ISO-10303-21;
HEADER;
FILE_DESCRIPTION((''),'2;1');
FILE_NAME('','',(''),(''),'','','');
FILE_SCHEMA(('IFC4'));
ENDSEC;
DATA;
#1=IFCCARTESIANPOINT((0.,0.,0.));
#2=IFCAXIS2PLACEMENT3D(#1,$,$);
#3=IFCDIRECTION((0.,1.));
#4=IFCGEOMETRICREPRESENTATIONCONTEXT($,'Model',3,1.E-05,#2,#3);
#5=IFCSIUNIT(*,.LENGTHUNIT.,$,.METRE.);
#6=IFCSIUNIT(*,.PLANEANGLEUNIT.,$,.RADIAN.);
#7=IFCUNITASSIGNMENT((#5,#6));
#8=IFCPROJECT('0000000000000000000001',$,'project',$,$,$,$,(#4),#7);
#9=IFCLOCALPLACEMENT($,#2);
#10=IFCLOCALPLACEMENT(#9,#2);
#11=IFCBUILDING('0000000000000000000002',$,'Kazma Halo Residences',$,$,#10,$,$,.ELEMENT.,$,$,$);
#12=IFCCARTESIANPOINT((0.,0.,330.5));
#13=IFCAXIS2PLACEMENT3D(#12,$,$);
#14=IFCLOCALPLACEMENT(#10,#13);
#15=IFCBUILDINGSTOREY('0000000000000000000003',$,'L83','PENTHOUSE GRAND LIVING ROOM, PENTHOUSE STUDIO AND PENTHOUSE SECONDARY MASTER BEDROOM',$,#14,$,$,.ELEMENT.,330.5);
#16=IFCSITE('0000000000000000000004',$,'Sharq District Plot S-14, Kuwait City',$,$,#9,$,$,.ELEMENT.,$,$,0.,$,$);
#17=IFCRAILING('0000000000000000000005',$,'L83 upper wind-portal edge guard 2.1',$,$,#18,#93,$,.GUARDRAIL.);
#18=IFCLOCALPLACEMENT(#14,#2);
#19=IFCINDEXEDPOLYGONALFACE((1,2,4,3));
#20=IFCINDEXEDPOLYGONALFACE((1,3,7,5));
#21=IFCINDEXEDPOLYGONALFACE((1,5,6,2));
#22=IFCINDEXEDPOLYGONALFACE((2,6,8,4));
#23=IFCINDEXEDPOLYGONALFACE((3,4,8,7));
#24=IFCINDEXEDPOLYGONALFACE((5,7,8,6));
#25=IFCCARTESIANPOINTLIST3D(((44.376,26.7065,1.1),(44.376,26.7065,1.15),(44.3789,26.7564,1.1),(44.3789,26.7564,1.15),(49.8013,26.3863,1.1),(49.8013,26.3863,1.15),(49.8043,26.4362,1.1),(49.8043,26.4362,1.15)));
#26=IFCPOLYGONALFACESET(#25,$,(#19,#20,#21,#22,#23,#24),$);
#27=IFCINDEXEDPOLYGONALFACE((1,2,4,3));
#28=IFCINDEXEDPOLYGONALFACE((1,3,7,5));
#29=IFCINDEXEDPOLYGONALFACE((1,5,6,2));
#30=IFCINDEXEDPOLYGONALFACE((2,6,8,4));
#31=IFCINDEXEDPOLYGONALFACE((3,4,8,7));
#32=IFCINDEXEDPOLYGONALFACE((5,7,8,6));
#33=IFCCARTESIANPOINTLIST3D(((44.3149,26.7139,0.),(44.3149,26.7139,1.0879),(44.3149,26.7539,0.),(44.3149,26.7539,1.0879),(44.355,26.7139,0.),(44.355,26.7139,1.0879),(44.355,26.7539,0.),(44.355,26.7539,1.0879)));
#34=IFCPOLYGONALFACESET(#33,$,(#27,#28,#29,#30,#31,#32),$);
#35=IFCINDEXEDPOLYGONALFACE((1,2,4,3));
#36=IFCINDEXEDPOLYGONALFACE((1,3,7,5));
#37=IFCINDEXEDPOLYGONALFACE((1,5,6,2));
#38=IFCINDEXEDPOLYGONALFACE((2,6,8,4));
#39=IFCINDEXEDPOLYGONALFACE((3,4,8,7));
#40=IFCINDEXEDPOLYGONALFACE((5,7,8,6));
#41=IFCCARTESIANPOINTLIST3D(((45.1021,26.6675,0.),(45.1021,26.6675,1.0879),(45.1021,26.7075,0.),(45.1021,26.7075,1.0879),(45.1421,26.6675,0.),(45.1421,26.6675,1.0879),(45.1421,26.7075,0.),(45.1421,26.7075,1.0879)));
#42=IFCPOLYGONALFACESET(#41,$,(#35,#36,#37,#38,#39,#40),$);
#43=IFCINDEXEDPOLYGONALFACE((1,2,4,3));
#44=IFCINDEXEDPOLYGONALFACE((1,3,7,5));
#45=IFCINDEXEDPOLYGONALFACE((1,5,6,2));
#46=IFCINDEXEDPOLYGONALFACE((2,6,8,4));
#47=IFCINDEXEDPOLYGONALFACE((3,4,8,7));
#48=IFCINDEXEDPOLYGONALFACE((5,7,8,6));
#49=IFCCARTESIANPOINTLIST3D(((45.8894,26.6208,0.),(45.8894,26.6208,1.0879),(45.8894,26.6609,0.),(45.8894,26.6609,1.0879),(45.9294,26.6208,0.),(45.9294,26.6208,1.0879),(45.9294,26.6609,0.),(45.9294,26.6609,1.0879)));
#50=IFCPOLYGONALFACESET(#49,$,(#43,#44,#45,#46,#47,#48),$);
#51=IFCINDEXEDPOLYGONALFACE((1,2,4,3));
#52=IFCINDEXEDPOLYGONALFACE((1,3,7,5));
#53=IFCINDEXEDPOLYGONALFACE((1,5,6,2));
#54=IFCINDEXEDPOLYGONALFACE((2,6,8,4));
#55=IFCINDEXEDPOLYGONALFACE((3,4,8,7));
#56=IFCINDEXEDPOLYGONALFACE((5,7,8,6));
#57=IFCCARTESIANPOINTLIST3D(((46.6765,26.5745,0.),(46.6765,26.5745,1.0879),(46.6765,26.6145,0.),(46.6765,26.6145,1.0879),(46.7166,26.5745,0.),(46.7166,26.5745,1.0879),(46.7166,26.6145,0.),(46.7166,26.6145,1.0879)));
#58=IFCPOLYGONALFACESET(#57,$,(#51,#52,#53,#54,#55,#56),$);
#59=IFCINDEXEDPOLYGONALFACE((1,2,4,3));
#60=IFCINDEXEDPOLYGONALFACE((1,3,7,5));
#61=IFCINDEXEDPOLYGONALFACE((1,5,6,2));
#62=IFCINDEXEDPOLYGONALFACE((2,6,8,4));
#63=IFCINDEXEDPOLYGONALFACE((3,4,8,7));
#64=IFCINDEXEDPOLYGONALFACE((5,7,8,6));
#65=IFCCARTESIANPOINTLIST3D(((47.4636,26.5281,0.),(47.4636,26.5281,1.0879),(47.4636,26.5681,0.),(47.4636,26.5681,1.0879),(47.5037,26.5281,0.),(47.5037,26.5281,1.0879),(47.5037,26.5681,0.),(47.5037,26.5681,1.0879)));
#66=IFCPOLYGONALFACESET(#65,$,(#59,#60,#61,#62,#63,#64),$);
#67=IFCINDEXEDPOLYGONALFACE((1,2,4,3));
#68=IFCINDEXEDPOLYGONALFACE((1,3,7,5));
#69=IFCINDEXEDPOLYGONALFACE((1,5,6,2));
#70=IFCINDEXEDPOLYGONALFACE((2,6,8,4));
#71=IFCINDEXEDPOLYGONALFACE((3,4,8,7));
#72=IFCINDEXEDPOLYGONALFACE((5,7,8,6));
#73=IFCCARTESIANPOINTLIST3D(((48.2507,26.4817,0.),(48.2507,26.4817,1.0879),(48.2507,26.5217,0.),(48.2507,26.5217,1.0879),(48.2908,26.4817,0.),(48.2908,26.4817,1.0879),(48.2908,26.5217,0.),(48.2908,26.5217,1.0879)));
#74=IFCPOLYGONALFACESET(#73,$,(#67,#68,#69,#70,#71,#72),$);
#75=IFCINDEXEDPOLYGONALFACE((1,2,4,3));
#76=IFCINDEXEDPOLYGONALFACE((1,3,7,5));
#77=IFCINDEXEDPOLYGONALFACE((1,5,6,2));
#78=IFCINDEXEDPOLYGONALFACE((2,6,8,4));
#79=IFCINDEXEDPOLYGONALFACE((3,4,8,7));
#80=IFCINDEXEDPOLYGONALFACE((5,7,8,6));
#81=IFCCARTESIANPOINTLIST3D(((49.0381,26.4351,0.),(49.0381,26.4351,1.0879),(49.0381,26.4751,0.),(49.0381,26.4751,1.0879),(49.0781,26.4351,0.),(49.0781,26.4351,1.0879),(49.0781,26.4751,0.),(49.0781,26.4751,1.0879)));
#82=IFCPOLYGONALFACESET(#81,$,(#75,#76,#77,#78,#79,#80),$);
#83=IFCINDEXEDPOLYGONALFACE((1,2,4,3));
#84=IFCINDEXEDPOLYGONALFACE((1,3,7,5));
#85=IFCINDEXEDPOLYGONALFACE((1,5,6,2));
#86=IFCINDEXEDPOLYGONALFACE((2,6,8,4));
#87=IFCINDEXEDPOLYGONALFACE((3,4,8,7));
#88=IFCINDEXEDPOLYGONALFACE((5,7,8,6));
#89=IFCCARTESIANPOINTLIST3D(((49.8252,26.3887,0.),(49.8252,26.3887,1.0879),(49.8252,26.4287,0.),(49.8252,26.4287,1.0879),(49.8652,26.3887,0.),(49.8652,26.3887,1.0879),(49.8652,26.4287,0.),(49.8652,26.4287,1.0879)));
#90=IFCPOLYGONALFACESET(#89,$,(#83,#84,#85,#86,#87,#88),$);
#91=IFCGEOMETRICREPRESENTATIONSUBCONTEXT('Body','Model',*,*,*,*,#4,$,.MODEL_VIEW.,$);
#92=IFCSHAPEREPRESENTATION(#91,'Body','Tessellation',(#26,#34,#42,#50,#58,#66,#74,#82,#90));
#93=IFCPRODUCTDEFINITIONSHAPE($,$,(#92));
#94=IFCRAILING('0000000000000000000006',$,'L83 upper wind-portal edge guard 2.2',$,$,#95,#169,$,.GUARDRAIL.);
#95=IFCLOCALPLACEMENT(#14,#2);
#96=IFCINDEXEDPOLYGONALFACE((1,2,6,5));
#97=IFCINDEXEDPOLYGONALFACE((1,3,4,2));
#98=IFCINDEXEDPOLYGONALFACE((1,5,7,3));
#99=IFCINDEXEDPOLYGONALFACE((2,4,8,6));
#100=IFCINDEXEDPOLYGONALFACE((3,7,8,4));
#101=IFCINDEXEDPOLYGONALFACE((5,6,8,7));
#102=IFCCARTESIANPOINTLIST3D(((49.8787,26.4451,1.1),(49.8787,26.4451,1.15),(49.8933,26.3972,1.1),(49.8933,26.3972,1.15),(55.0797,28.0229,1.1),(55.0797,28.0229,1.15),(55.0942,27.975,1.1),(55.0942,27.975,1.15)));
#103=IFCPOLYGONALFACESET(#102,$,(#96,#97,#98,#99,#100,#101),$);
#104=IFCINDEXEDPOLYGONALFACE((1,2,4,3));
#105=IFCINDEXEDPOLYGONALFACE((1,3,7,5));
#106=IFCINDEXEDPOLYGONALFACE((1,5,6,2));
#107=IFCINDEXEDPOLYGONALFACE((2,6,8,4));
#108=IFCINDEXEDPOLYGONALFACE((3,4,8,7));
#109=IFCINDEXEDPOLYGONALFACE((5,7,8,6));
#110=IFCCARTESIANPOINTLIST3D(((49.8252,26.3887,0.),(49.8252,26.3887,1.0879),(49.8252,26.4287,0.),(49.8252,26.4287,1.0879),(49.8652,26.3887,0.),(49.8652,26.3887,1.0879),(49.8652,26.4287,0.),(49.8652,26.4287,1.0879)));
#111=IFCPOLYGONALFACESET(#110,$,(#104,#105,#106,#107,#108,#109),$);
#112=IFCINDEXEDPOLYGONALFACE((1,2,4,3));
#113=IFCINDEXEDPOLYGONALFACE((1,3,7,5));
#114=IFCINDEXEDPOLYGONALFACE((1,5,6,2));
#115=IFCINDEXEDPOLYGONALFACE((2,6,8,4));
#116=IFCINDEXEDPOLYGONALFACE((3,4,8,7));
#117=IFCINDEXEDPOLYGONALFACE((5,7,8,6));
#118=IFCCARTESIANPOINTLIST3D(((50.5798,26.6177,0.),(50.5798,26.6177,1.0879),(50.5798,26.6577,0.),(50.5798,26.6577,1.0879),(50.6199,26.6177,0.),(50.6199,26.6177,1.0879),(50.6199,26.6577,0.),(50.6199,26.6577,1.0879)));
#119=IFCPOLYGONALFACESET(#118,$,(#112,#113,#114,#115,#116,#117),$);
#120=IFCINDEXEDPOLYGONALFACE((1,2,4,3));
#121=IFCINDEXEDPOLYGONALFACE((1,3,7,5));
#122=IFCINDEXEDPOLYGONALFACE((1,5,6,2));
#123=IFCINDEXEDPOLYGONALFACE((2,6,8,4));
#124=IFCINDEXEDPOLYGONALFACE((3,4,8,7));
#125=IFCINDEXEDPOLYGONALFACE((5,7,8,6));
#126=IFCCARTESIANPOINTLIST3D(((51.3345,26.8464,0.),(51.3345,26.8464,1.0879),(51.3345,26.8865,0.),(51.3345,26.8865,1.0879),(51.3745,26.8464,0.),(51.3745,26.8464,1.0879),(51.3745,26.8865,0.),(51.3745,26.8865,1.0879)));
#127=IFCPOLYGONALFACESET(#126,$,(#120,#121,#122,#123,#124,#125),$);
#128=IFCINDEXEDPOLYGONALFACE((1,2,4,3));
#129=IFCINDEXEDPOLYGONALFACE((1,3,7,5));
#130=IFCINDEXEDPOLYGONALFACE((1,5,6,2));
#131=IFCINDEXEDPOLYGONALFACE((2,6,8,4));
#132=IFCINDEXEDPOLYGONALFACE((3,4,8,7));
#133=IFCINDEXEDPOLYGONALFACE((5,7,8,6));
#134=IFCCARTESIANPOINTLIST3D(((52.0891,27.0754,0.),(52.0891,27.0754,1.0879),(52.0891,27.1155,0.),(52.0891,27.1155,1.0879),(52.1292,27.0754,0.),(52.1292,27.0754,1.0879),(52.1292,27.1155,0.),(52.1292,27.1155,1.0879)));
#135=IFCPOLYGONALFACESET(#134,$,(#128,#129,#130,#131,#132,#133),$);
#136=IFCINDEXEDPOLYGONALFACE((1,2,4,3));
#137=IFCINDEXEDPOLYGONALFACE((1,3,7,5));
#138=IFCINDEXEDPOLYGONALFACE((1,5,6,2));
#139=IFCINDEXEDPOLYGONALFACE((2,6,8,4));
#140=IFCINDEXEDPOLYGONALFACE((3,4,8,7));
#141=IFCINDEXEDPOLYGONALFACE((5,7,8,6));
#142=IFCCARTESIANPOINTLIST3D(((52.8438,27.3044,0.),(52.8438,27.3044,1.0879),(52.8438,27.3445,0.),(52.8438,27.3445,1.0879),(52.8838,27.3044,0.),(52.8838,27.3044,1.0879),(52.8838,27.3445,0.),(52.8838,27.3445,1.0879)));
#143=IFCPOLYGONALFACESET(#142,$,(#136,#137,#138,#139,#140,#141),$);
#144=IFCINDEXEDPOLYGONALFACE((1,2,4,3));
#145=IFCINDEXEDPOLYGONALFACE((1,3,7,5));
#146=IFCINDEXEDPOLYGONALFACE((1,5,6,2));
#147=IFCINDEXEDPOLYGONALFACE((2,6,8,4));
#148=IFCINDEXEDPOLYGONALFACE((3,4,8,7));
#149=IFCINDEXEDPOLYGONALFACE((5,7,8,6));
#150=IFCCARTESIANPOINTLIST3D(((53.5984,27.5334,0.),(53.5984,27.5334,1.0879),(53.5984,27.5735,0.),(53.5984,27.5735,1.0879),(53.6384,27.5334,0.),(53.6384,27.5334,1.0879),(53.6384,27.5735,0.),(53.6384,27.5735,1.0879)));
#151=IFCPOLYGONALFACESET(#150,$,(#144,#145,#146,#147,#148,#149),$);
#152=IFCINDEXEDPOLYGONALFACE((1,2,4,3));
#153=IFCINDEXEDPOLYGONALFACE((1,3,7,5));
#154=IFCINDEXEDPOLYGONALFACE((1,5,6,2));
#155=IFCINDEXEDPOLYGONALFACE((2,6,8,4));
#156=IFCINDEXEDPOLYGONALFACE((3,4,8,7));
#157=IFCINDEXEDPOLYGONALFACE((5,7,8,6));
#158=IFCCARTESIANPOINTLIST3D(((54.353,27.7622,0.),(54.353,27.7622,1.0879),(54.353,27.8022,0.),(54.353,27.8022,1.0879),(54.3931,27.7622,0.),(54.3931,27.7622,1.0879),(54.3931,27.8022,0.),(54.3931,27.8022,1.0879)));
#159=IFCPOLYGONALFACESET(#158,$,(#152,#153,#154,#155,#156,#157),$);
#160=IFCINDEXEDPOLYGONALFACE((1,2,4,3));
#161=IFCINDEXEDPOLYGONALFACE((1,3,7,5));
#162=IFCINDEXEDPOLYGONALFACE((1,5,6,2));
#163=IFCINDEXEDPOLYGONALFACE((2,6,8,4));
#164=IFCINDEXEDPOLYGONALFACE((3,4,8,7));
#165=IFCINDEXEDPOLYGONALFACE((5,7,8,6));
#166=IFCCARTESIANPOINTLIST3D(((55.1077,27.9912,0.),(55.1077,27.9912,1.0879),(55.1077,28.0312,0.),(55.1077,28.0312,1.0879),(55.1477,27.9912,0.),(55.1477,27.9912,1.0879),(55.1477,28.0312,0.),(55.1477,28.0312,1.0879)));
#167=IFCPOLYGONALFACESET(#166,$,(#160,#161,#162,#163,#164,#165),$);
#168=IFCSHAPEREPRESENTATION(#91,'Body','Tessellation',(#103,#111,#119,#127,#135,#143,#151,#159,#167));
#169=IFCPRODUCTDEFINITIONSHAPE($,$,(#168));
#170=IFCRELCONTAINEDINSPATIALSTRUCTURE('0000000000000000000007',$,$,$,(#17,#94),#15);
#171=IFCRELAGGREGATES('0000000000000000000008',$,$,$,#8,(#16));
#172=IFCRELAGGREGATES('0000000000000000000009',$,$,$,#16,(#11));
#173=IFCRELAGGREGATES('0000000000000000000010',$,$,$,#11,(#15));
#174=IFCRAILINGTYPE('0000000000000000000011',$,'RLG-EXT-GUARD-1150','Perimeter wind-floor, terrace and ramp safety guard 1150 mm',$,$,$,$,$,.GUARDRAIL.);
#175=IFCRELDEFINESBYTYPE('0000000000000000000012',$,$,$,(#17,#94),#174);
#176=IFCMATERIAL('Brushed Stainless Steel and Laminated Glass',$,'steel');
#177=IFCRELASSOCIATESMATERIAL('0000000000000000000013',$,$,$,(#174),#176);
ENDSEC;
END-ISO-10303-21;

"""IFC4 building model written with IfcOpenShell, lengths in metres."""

from ifc_helpers import new_model, si_unit, direction, frame, origin, origin_2d, place, context, subcontext, project, spatial, rectangle, extrude, material, type_object, element, save


model = new_model("IFC4")

# Units and contexts
model_context = context("Model", 3, precision=1e-05, world=origin(), true_north=direction((0.0, 1.0)))
body_context = subcontext(model_context, "Body", "Model", "MODEL_VIEW")
ifc_project = project(units=[si_unit("LENGTHUNIT", "METRE"), si_unit("PLANEANGLEUNIT", "RADIAN")], contexts=[model_context])

# Site, building, storey
site_placement = place(None, origin())
site = spatial("IfcSite", under=ifc_project, at=site_placement, Name="Sharq District Plot S-14, Kuwait City", CompositionType="ELEMENT", RefElevation=0.0)
building_placement = place(site_placement, origin())
building = spatial("IfcBuilding", under=site, at=building_placement, Name="Kazma Halo Residences", CompositionType="ELEMENT")
storey_placement = place(building_placement, frame((0.0, 0.0, 330.5)))
storey = spatial("IfcBuildingStorey", under=building, at=storey_placement, Name="L83", Description="PENTHOUSE GRAND LIVING ROOM, PENTHOUSE STUDIO AND PENTHOUSE SECONDARY MASTER BEDROOM", CompositionType="ELEMENT", Elevation=330.5)

# Railings
ifc_material_1 = material(Name="Brushed Stainless Steel and Laminated Glass", Category="steel")
railing_type_1 = type_object("IfcRailingType", Name="RLG-EXT-GUARD-1150", Description="Perimeter wind-floor, terrace and ramp safety guard 1150 mm", PredefinedType="GUARDRAIL", material=ifc_material_1)
railing_1_placement = place(storey_placement, frame((44.335, 26.7339, 0.0)))
element("IfcRailing", 1, at=railing_1_placement, inside=storey, type_object=railing_type_1, Name="L83 upper wind-portal edge guard 2.1", PredefinedType="GUARDRAIL", context=body_context, shape_type="SweptSolid", body=[
    extrude(rectangle(XDim=0.05, YDim=0.05, at=origin_2d()), frame((0.0425, -0.0024, 1.125), z_axis=(0.998263, -0.058914, 0.0), x_axis=(0.058914, 0.998263, 0.0)), (0.0, 0.0, 1.0), 5.4348),
    extrude(rectangle(XDim=0.04, YDim=0.04, at=origin_2d()), origin(), (0.0, 0.0, 1.0), 1.0879),
    extrude(rectangle(XDim=0.04, YDim=0.04, at=origin_2d()), frame((0.7871, -0.0464, 0.0)), (0.0, 0.0, 1.0), 1.0879),
    extrude(rectangle(XDim=0.04, YDim=0.04, at=origin_2d()), frame((1.5745, -0.093, 0.0)), (0.0, 0.0, 1.0), 1.0879),
    extrude(rectangle(XDim=0.04, YDim=0.04, at=origin_2d()), frame((2.3616, -0.1394, 0.0)), (0.0, 0.0, 1.0), 1.0879),
    extrude(rectangle(XDim=0.04, YDim=0.04, at=origin_2d()), frame((3.1487, -0.1858, 0.0)), (0.0, 0.0, 1.0), 1.0879),
    extrude(rectangle(XDim=0.04, YDim=0.04, at=origin_2d()), frame((3.9358, -0.2322, 0.0)), (0.0, 0.0, 1.0), 1.0879),
    extrude(rectangle(XDim=0.04, YDim=0.04, at=origin_2d()), frame((4.7231, -0.2788, 0.0)), (0.0, 0.0, 1.0), 1.0879),
    extrude(rectangle(XDim=0.04, YDim=0.04, at=origin_2d()), frame((5.5103, -0.3252, 0.0)), (0.0, 0.0, 1.0), 1.0879),
])
railing_2_placement = place(storey_placement, frame((49.8452, 26.4087, 0.0)))
element("IfcRailing", 2, at=railing_2_placement, inside=storey, type_object=railing_type_1, Name="L83 upper wind-portal edge guard 2.2", PredefinedType="GUARDRAIL", context=body_context, shape_type="SweptSolid", body=[
    extrude(rectangle(XDim=0.05, YDim=0.05, at=origin_2d()), frame((0.0408, 0.0125, 1.125), z_axis=(0.956934, 0.290304, 0.0), x_axis=(-0.290304, 0.956934, 0.0)), (0.0, 0.0, 1.0), 5.4351),
    extrude(rectangle(XDim=0.04, YDim=0.04, at=origin_2d()), origin(), (0.0, 0.0, 1.0), 1.0879),
    extrude(rectangle(XDim=0.04, YDim=0.04, at=origin_2d()), frame((0.7546, 0.229, 0.0)), (0.0, 0.0, 1.0), 1.0879),
    extrude(rectangle(XDim=0.04, YDim=0.04, at=origin_2d()), frame((1.5093, 0.4578, 0.0)), (0.0, 0.0, 1.0), 1.0879),
    extrude(rectangle(XDim=0.04, YDim=0.04, at=origin_2d()), frame((2.2639, 0.6868, 0.0)), (0.0, 0.0, 1.0), 1.0879),
    extrude(rectangle(XDim=0.04, YDim=0.04, at=origin_2d()), frame((3.0186, 0.9158, 0.0)), (0.0, 0.0, 1.0), 1.0879),
    extrude(rectangle(XDim=0.04, YDim=0.04, at=origin_2d()), frame((3.7732, 1.1448, 0.0)), (0.0, 0.0, 1.0), 1.0879),
    extrude(rectangle(XDim=0.04, YDim=0.04, at=origin_2d()), frame((4.5278, 1.3735, 0.0)), (0.0, 0.0, 1.0), 1.0879),
    extrude(rectangle(XDim=0.04, YDim=0.04, at=origin_2d()), frame((5.2825, 1.6025, 0.0)), (0.0, 0.0, 1.0), 1.0879),
])

save(model, "model.ifc")
